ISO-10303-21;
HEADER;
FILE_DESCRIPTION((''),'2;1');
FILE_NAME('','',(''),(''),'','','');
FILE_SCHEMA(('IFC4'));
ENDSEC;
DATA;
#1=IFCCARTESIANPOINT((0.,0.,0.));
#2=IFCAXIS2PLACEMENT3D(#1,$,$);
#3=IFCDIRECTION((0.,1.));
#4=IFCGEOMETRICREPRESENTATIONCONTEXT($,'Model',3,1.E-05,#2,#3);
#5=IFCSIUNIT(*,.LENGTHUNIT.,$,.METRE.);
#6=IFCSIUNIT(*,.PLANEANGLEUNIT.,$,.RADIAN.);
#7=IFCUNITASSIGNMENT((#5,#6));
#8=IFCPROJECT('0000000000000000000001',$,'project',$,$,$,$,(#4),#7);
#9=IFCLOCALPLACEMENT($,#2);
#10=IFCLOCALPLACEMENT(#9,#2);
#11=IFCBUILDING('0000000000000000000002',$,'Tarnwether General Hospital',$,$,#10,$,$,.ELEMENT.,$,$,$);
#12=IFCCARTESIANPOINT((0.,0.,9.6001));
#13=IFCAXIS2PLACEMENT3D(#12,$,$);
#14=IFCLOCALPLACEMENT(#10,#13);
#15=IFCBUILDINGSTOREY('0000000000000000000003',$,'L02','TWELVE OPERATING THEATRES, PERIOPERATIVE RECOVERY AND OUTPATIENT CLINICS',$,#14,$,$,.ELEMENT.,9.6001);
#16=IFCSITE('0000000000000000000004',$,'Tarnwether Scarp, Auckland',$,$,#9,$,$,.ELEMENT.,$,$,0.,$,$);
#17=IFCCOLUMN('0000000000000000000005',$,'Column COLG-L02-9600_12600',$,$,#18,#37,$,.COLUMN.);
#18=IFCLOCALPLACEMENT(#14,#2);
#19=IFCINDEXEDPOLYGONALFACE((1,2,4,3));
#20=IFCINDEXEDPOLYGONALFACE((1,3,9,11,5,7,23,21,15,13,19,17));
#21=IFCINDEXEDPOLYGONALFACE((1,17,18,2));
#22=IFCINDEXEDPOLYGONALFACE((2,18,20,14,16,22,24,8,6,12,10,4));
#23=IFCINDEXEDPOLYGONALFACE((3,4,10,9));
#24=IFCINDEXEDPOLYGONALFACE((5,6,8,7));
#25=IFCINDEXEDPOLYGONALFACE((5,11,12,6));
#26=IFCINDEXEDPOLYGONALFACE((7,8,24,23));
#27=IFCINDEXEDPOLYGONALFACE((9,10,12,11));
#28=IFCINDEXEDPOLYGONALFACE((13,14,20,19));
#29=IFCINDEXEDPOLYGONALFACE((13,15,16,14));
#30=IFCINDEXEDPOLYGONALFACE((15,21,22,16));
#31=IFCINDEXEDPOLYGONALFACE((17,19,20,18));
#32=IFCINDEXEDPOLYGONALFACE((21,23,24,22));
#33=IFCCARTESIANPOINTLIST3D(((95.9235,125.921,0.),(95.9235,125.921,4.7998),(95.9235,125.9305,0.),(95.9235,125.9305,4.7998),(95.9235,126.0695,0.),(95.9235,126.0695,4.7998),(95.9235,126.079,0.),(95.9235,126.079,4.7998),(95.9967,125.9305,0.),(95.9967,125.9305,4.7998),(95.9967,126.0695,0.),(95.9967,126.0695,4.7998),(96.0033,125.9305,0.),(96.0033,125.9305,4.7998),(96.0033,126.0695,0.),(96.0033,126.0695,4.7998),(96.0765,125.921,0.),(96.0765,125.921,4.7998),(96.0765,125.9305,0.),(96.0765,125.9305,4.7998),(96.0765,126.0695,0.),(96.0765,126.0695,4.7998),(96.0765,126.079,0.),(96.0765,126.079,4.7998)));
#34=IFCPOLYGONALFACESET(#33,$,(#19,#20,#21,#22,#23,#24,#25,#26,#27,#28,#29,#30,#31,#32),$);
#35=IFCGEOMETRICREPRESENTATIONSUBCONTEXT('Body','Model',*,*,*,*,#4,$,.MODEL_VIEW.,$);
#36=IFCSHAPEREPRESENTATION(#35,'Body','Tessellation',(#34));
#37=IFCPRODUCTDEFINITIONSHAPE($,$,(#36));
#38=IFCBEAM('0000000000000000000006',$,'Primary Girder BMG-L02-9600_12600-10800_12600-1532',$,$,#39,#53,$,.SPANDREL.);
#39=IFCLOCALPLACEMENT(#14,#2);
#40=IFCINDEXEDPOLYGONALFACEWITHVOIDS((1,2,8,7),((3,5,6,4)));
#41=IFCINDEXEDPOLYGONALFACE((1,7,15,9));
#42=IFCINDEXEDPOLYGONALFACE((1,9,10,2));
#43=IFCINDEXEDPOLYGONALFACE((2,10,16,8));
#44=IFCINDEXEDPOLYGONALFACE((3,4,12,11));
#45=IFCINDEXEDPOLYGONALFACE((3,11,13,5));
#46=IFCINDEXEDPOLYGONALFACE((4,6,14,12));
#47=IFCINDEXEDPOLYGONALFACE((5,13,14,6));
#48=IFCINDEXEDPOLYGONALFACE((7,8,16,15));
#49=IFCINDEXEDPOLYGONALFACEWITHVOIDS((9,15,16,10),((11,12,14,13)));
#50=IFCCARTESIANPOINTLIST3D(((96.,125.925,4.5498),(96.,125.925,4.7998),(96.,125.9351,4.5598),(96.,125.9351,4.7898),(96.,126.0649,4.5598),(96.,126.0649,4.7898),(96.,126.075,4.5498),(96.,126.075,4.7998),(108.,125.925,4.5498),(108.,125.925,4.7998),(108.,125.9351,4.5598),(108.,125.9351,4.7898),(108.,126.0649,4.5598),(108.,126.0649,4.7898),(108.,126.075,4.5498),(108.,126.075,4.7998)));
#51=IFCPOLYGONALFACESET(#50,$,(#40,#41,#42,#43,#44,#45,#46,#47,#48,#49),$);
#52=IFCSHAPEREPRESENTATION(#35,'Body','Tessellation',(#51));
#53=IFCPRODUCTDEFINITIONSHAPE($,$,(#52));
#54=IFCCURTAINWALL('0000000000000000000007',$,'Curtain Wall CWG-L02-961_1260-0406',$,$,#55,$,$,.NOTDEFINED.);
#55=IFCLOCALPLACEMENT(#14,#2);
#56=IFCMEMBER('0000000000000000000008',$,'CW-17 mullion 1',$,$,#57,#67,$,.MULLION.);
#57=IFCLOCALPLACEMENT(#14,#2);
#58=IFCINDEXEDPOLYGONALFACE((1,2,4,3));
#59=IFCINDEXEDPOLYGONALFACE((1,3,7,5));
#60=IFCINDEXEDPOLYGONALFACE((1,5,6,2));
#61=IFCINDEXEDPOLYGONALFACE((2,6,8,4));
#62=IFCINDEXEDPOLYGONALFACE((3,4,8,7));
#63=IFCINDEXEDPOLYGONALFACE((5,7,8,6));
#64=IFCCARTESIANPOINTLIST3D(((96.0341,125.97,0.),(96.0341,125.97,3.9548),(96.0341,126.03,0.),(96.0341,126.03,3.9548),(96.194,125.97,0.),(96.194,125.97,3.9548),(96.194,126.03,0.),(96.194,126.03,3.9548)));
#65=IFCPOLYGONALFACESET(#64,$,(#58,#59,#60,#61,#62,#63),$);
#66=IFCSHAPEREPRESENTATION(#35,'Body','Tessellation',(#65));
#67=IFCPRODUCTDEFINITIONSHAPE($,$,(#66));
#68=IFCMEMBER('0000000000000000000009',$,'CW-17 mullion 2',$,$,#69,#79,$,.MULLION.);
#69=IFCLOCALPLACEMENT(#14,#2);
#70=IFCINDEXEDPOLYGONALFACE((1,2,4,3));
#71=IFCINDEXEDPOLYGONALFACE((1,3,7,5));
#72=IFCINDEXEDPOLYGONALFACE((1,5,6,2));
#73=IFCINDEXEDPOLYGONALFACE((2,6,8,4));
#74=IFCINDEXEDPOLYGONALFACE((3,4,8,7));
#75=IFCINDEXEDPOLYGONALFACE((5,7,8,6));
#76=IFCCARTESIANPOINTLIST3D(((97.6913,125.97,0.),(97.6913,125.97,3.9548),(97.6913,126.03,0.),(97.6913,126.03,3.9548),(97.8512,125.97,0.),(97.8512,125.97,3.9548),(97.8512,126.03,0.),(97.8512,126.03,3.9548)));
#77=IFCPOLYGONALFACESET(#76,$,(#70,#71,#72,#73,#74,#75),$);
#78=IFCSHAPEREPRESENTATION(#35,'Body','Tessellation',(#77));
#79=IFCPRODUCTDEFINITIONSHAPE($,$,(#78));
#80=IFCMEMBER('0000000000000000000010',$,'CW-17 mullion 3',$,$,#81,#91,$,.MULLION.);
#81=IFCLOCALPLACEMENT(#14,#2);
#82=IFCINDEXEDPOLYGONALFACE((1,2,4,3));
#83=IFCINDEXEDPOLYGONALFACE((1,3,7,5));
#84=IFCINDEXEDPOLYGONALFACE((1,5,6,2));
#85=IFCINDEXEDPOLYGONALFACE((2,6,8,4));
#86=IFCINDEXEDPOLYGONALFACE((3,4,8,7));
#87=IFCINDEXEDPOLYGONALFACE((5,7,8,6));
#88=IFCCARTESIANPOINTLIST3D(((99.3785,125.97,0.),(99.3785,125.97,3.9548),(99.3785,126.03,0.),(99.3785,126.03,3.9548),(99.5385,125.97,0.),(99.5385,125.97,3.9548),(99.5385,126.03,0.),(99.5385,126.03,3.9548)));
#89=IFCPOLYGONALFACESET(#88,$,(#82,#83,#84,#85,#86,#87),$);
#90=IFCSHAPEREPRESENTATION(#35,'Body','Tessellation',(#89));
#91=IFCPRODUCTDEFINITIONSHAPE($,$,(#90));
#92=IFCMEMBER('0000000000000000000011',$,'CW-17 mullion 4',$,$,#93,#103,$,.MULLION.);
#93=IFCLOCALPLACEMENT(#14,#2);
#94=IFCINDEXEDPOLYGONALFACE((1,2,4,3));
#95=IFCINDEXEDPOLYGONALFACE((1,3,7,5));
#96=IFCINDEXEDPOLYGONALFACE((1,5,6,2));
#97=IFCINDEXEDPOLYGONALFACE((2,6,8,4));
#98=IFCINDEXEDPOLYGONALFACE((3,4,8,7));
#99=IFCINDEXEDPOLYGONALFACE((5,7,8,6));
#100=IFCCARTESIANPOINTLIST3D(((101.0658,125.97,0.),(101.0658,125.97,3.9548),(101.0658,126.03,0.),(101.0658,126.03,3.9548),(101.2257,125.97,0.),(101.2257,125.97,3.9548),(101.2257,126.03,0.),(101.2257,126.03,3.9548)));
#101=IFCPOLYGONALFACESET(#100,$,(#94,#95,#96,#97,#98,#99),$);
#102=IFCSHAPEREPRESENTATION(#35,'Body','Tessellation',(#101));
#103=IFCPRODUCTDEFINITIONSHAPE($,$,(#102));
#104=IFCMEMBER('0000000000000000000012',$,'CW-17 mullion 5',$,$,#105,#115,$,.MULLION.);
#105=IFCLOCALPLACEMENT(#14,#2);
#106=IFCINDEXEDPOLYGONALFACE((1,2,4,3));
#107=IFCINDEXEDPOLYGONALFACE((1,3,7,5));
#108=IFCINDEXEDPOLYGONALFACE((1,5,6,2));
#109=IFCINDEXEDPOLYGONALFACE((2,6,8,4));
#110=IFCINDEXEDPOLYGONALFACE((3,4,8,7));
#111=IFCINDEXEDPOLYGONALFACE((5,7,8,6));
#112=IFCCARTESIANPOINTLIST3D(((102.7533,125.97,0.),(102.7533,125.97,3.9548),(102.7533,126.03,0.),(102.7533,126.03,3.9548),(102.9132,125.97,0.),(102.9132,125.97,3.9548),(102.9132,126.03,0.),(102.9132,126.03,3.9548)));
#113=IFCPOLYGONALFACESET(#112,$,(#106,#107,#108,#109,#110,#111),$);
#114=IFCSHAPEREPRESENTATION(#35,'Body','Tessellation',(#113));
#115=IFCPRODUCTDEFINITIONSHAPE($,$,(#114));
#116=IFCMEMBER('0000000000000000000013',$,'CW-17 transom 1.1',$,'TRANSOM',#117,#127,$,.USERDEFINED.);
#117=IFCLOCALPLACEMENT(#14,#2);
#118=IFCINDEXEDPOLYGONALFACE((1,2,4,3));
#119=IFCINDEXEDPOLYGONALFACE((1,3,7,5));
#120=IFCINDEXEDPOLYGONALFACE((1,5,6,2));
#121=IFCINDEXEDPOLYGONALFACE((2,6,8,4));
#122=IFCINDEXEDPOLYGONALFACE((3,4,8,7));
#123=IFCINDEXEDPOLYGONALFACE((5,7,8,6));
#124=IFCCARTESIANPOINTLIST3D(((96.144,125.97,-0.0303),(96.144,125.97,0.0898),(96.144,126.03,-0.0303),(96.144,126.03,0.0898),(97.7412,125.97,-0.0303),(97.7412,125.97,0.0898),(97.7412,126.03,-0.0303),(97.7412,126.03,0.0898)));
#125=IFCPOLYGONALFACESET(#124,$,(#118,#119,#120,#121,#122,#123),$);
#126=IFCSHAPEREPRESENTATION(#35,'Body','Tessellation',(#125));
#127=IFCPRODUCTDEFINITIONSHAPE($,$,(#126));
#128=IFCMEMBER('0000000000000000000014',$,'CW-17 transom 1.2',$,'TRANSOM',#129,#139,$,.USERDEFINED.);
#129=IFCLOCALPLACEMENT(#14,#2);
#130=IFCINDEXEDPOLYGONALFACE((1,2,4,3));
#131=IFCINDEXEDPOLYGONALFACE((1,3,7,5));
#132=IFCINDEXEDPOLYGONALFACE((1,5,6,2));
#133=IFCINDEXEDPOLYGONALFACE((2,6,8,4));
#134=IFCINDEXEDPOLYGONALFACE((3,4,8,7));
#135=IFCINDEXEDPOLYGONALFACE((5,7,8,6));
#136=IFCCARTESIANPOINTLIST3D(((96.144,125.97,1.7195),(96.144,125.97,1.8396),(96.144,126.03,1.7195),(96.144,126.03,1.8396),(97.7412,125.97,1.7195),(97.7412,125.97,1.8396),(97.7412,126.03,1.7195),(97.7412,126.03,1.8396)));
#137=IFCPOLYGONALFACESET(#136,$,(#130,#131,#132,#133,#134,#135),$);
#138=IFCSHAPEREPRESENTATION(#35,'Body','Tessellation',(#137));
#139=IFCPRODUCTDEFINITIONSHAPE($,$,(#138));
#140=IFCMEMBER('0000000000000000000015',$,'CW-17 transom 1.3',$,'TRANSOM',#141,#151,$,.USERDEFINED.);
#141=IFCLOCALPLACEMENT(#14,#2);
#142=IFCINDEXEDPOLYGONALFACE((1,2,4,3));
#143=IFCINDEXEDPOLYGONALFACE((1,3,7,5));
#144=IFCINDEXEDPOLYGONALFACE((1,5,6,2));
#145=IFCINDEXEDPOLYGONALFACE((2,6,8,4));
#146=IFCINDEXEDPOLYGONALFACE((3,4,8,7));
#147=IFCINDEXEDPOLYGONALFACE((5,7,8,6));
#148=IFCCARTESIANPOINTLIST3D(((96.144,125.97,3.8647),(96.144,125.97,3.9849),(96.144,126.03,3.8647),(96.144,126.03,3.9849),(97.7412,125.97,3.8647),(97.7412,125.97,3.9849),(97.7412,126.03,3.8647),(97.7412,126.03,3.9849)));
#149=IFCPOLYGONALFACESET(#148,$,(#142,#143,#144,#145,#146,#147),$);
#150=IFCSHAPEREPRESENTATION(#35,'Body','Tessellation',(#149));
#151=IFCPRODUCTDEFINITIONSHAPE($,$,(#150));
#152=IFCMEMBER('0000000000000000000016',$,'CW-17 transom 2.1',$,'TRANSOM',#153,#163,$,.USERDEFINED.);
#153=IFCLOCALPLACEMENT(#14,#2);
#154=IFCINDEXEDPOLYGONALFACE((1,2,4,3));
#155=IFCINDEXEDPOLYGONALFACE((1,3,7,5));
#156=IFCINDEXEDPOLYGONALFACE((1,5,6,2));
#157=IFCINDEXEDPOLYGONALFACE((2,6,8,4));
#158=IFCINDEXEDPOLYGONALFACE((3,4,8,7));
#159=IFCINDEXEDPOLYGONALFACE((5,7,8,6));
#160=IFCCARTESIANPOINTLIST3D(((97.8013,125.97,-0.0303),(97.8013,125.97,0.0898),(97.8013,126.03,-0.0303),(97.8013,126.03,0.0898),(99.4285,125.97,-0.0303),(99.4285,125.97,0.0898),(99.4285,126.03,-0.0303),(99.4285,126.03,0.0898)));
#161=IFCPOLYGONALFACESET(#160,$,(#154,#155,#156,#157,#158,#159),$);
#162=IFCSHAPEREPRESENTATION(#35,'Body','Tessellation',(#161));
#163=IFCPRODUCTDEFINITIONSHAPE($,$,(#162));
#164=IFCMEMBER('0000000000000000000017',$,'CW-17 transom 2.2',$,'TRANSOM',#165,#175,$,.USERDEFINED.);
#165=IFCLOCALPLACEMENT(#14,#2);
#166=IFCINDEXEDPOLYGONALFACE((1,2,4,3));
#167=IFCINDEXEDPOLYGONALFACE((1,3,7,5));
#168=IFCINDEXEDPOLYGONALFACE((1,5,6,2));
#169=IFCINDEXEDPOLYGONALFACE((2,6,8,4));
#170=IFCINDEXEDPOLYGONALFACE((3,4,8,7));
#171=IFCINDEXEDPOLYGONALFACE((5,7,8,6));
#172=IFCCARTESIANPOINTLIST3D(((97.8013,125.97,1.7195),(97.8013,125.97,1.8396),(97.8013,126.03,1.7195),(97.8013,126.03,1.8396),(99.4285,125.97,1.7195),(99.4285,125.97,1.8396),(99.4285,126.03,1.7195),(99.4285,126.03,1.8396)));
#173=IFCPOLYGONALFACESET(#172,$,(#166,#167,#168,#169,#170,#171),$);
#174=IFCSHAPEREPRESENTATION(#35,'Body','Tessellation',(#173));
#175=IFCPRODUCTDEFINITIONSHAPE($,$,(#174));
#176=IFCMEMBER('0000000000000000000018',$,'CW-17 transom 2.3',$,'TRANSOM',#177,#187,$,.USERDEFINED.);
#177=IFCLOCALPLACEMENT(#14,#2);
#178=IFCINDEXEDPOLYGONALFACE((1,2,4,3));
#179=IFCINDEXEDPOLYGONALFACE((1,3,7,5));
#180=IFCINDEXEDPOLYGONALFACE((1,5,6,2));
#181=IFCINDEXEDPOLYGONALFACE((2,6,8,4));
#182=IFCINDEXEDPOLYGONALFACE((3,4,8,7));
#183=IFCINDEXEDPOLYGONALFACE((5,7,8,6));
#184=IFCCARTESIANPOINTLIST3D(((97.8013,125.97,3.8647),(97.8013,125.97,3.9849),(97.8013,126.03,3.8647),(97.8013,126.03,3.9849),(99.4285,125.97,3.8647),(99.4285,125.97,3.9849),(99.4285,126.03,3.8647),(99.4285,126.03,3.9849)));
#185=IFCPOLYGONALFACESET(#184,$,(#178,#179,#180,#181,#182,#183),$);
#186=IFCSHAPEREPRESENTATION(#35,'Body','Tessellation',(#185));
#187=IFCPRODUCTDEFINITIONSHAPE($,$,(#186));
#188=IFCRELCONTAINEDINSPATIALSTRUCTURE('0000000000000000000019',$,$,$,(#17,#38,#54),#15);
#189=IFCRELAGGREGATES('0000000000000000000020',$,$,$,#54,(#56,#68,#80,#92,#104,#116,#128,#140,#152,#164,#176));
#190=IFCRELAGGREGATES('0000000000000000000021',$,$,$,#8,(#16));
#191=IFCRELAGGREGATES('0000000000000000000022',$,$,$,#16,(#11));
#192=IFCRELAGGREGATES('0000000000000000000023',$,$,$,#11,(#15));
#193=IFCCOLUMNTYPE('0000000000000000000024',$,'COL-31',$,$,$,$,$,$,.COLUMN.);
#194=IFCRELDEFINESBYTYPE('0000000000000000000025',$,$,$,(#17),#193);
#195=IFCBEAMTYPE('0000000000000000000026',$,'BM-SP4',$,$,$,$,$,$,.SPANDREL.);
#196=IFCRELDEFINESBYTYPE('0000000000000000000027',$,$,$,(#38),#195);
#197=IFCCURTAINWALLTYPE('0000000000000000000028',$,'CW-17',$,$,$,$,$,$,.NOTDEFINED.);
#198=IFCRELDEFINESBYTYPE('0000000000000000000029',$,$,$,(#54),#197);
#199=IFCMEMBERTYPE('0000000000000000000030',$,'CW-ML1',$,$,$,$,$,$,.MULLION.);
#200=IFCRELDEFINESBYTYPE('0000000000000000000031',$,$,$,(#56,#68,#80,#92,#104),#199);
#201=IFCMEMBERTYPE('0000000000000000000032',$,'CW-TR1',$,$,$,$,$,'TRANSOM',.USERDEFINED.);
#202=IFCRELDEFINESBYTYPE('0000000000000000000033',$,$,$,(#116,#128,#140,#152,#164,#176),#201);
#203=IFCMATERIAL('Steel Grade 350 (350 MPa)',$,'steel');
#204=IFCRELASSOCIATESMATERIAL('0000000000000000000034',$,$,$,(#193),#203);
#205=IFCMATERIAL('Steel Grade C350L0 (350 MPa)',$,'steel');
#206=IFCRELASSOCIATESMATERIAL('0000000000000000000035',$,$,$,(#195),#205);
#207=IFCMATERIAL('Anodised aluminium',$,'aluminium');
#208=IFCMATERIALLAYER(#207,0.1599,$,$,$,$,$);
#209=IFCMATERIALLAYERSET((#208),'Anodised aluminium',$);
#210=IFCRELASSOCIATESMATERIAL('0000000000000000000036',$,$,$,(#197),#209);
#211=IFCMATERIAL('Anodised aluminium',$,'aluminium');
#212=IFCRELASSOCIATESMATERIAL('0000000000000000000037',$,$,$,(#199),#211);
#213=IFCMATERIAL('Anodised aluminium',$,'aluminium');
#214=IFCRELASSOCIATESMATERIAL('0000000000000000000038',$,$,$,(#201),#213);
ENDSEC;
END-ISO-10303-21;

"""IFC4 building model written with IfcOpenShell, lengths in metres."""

from ifc_helpers import new_model, si_unit, direction, frame, origin, origin_2d, place, context, subcontext, project, spatial, rectangle, hollow_rectangle, i_section, extrude, material, layer, layer_set, material_profile, profile_set, type_object, element, aggregate, save


model = new_model("IFC4")

# Units and contexts
model_context = context("Model", 3, precision=1e-05, world=origin(), true_north=direction((0.0, 1.0)))
body_context = subcontext(model_context, "Body", "Model", "MODEL_VIEW")
ifc_project = project(units=[si_unit("LENGTHUNIT", "METRE"), si_unit("PLANEANGLEUNIT", "RADIAN")], contexts=[model_context])

# Site, building, storey
site_placement = place(None, origin())
site = spatial("IfcSite", under=ifc_project, at=site_placement, Name="Tarnwether Scarp, Auckland", CompositionType="ELEMENT", RefElevation=0.0)
building_placement = place(site_placement, origin())
building = spatial("IfcBuilding", under=site, at=building_placement, Name="Tarnwether General Hospital", CompositionType="ELEMENT")
storey_placement = place(building_placement, frame((0.0, 0.0, 9.6001)))
storey = spatial("IfcBuildingStorey", under=building, at=storey_placement, Name="L02", Description="TWELVE OPERATING THEATRES, PERIOPERATIVE RECOVERY AND OUTPATIENT CLINICS", CompositionType="ELEMENT", Elevation=9.6001)

# Column
ifc_material_1 = material(Name="Steel Grade 350 (350 MPa)", Category="steel")
ifc_material_profile_1 = material_profile(ifc_material_1, i_section(OverallWidth=0.1531, OverallDepth=0.158, WebThickness=0.0066, FlangeThickness=0.0095, at=origin_2d()), Name="150UC30.0")
ifc_profile_set_1 = profile_set([ifc_material_profile_1], Name="Steel Grade 350 (350 MPa)")
column_type = type_object("IfcColumnType", Name="COL-31", PredefinedType="COLUMN", material=ifc_profile_set_1)
column_placement = place(storey_placement, frame((96.0, 126.0, 0.0), z_axis=(0.0, 0.0, 1.0), x_axis=(1.0, 0.0, 0.0)))
element("IfcColumn", 1, at=column_placement, inside=storey, type_object=column_type, Name="Column COLG-L02-9600_12600", PredefinedType="COLUMN", context=body_context, shape_type="SweptSolid", body=[
    extrude(i_section(OverallWidth=0.1531, OverallDepth=0.158, WebThickness=0.0066, FlangeThickness=0.0095, at=origin_2d()), origin(), (0.0, 0.0, 1.0), 4.7998),
])

# Beam
ifc_material_2 = material(Name="Steel Grade C350L0 (350 MPa)", Category="steel")
ifc_material_profile_2 = material_profile(ifc_material_2, hollow_rectangle(XDim=0.1499, YDim=0.25, WallThickness=0.01, at=origin_2d()), Name="RHS250x150x10")
ifc_profile_set_2 = profile_set([ifc_material_profile_2], Name="Steel Grade C350L0 (350 MPa)")
beam_type = type_object("IfcBeamType", Name="BM-SP4", PredefinedType="SPANDREL", material=ifc_profile_set_2)
beam_placement = place(storey_placement, frame((96.0, 126.0, 4.6748), z_axis=(1.0, 0.0, 0.0), x_axis=(0.0, 1.0, 0.0)))
element("IfcBeam", 2, at=beam_placement, inside=storey, type_object=beam_type, Name="Primary Girder BMG-L02-9600_12600-10800_12600-1532", PredefinedType="SPANDREL", context=body_context, shape_type="SweptSolid", body=[
    extrude(hollow_rectangle(XDim=0.1499, YDim=0.25, WallThickness=0.01, at=origin_2d()), origin(), (0.0, 0.0, 1.0), 12.0),
])

# Curtain wall, members
ifc_material_3 = material(Name="Anodised aluminium", Category="aluminium")
ifc_layer_1 = layer(ifc_material_3, 0.1599)
ifc_layer_set_1 = layer_set([ifc_layer_1], Name="Anodised aluminium")
curtain_wall_type = type_object("IfcCurtainWallType", Name="CW-17", PredefinedType="NOTDEFINED", material=ifc_layer_set_1)
curtain_wall_placement = place(storey_placement, origin())
curtain_wall = element("IfcCurtainWall", 3, at=curtain_wall_placement, inside=storey, type_object=curtain_wall_type, Name="Curtain Wall CWG-L02-961_1260-0406", PredefinedType="NOTDEFINED")
ifc_material_4 = material(Name="Anodised aluminium", Category="aluminium")
ifc_material_profile_3 = material_profile(ifc_material_4, rectangle(XDim=0.0601, YDim=0.1599, at=origin_2d()), Name="ALU-MUL-60x160")
ifc_profile_set_3 = profile_set([ifc_material_profile_3], Name="Anodised aluminium")
member_type_1 = type_object("IfcMemberType", Name="CW-ML1", PredefinedType="MULLION", material=ifc_profile_set_3)
member_1_placement = place(storey_placement, frame((96.114, 126.0, 0.0), z_axis=(0.0, 0.0, 1.0), x_axis=(0.0, 1.0, 0.0)))
member_1 = element("IfcMember", 4, at=member_1_placement, type_object=member_type_1, Name="CW-17 mullion 1", PredefinedType="MULLION", context=body_context, shape_type="SweptSolid", body=[
    extrude(rectangle(XDim=0.0601, YDim=0.1599, at=origin_2d()), origin(), (0.0, 0.0, 1.0), 3.9548),
])
member_2_placement = place(storey_placement, frame((97.7712, 126.0, 0.0), z_axis=(0.0, 0.0, 1.0), x_axis=(0.0, 1.0, 0.0)))
member_2 = element("IfcMember", 5, at=member_2_placement, type_object=member_type_1, Name="CW-17 mullion 2", PredefinedType="MULLION", context=body_context, shape_type="SweptSolid", body=[
    extrude(rectangle(XDim=0.0601, YDim=0.1599, at=origin_2d()), origin(), (0.0, 0.0, 1.0), 3.9548),
])
member_3_placement = place(storey_placement, frame((99.4585, 126.0, 0.0), z_axis=(0.0, 0.0, 1.0), x_axis=(0.0, 1.0, 0.0)))
member_3 = element("IfcMember", 6, at=member_3_placement, type_object=member_type_1, Name="CW-17 mullion 3", PredefinedType="MULLION", context=body_context, shape_type="SweptSolid", body=[
    extrude(rectangle(XDim=0.0601, YDim=0.1599, at=origin_2d()), origin(), (0.0, 0.0, 1.0), 3.9548),
])
member_4_placement = place(storey_placement, frame((101.1458, 126.0, 0.0), z_axis=(0.0, 0.0, 1.0), x_axis=(0.0, 1.0, 0.0)))
member_4 = element("IfcMember", 7, at=member_4_placement, type_object=member_type_1, Name="CW-17 mullion 4", PredefinedType="MULLION", context=body_context, shape_type="SweptSolid", body=[
    extrude(rectangle(XDim=0.0601, YDim=0.1599, at=origin_2d()), origin(), (0.0, 0.0, 1.0), 3.9548),
])
member_5_placement = place(storey_placement, frame((102.8333, 126.0, 0.0), z_axis=(0.0, 0.0, 1.0), x_axis=(0.0, 1.0, 0.0)))
member_5 = element("IfcMember", 8, at=member_5_placement, type_object=member_type_1, Name="CW-17 mullion 5", PredefinedType="MULLION", context=body_context, shape_type="SweptSolid", body=[
    extrude(rectangle(XDim=0.0601, YDim=0.1599, at=origin_2d()), origin(), (0.0, 0.0, 1.0), 3.9548),
])
ifc_material_5 = material(Name="Anodised aluminium", Category="aluminium")
ifc_material_profile_4 = material_profile(ifc_material_5, rectangle(XDim=0.0601, YDim=0.1201, at=origin_2d()), Name="ALU-TRN-60x120")
ifc_profile_set_4 = profile_set([ifc_material_profile_4], Name="Anodised aluminium")
member_type_2 = type_object("IfcMemberType", Name="CW-TR1", ElementType="TRANSOM", PredefinedType="USERDEFINED", material=ifc_profile_set_4)
member_6_placement = place(storey_placement, frame((96.144, 126.0, 0.0298), z_axis=(1.0, 0.0, 0.0), x_axis=(0.0, 1.0, 0.0)))
member_6 = element("IfcMember", 9, at=member_6_placement, type_object=member_type_2, Name="CW-17 transom 1.1", ObjectType="TRANSOM", PredefinedType="USERDEFINED", context=body_context, shape_type="SweptSolid", body=[
    extrude(rectangle(XDim=0.0601, YDim=0.1201, at=origin_2d()), origin(), (0.0, 0.0, 1.0), 1.5972),
])
member_7_placement = place(storey_placement, frame((96.144, 126.0, 1.7795), z_axis=(1.0, 0.0, 0.0), x_axis=(0.0, 1.0, 0.0)))
member_7 = element("IfcMember", 10, at=member_7_placement, type_object=member_type_2, Name="CW-17 transom 1.2", ObjectType="TRANSOM", PredefinedType="USERDEFINED", context=body_context, shape_type="SweptSolid", body=[
    extrude(rectangle(XDim=0.0601, YDim=0.1201, at=origin_2d()), origin(), (0.0, 0.0, 1.0), 1.5972),
])
member_8_placement = place(storey_placement, frame((96.144, 126.0, 3.9248), z_axis=(1.0, 0.0, 0.0), x_axis=(0.0, 1.0, 0.0)))
member_8 = element("IfcMember", 11, at=member_8_placement, type_object=member_type_2, Name="CW-17 transom 1.3", ObjectType="TRANSOM", PredefinedType="USERDEFINED", context=body_context, shape_type="SweptSolid", body=[
    extrude(rectangle(XDim=0.0601, YDim=0.1201, at=origin_2d()), origin(), (0.0, 0.0, 1.0), 1.5972),
])
member_9_placement = place(storey_placement, frame((97.8013, 126.0, 0.0298), z_axis=(1.0, 0.0, 0.0), x_axis=(0.0, 1.0, 0.0)))
member_9 = element("IfcMember", 12, at=member_9_placement, type_object=member_type_2, Name="CW-17 transom 2.1", ObjectType="TRANSOM", PredefinedType="USERDEFINED", context=body_context, shape_type="SweptSolid", body=[
    extrude(rectangle(XDim=0.0601, YDim=0.1201, at=origin_2d()), origin(), (0.0, 0.0, 1.0), 1.6272),
])
member_10_placement = place(storey_placement, frame((97.8013, 126.0, 1.7795), z_axis=(1.0, 0.0, 0.0), x_axis=(0.0, 1.0, 0.0)))
member_10 = element("IfcMember", 13, at=member_10_placement, type_object=member_type_2, Name="CW-17 transom 2.2", ObjectType="TRANSOM", PredefinedType="USERDEFINED", context=body_context, shape_type="SweptSolid", body=[
    extrude(rectangle(XDim=0.0601, YDim=0.1201, at=origin_2d()), origin(), (0.0, 0.0, 1.0), 1.6272),
])
member_11_placement = place(storey_placement, frame((97.8013, 126.0, 3.9248), z_axis=(1.0, 0.0, 0.0), x_axis=(0.0, 1.0, 0.0)))
member_11 = element("IfcMember", 14, at=member_11_placement, type_object=member_type_2, Name="CW-17 transom 2.3", ObjectType="TRANSOM", PredefinedType="USERDEFINED", context=body_context, shape_type="SweptSolid", body=[
    extrude(rectangle(XDim=0.0601, YDim=0.1201, at=origin_2d()), origin(), (0.0, 0.0, 1.0), 1.6272),
])
aggregate(curtain_wall, [member_1, member_2, member_3, member_4, member_5, member_6, member_7, member_8, member_9, member_10, member_11])

save(model, "model.ifc")
